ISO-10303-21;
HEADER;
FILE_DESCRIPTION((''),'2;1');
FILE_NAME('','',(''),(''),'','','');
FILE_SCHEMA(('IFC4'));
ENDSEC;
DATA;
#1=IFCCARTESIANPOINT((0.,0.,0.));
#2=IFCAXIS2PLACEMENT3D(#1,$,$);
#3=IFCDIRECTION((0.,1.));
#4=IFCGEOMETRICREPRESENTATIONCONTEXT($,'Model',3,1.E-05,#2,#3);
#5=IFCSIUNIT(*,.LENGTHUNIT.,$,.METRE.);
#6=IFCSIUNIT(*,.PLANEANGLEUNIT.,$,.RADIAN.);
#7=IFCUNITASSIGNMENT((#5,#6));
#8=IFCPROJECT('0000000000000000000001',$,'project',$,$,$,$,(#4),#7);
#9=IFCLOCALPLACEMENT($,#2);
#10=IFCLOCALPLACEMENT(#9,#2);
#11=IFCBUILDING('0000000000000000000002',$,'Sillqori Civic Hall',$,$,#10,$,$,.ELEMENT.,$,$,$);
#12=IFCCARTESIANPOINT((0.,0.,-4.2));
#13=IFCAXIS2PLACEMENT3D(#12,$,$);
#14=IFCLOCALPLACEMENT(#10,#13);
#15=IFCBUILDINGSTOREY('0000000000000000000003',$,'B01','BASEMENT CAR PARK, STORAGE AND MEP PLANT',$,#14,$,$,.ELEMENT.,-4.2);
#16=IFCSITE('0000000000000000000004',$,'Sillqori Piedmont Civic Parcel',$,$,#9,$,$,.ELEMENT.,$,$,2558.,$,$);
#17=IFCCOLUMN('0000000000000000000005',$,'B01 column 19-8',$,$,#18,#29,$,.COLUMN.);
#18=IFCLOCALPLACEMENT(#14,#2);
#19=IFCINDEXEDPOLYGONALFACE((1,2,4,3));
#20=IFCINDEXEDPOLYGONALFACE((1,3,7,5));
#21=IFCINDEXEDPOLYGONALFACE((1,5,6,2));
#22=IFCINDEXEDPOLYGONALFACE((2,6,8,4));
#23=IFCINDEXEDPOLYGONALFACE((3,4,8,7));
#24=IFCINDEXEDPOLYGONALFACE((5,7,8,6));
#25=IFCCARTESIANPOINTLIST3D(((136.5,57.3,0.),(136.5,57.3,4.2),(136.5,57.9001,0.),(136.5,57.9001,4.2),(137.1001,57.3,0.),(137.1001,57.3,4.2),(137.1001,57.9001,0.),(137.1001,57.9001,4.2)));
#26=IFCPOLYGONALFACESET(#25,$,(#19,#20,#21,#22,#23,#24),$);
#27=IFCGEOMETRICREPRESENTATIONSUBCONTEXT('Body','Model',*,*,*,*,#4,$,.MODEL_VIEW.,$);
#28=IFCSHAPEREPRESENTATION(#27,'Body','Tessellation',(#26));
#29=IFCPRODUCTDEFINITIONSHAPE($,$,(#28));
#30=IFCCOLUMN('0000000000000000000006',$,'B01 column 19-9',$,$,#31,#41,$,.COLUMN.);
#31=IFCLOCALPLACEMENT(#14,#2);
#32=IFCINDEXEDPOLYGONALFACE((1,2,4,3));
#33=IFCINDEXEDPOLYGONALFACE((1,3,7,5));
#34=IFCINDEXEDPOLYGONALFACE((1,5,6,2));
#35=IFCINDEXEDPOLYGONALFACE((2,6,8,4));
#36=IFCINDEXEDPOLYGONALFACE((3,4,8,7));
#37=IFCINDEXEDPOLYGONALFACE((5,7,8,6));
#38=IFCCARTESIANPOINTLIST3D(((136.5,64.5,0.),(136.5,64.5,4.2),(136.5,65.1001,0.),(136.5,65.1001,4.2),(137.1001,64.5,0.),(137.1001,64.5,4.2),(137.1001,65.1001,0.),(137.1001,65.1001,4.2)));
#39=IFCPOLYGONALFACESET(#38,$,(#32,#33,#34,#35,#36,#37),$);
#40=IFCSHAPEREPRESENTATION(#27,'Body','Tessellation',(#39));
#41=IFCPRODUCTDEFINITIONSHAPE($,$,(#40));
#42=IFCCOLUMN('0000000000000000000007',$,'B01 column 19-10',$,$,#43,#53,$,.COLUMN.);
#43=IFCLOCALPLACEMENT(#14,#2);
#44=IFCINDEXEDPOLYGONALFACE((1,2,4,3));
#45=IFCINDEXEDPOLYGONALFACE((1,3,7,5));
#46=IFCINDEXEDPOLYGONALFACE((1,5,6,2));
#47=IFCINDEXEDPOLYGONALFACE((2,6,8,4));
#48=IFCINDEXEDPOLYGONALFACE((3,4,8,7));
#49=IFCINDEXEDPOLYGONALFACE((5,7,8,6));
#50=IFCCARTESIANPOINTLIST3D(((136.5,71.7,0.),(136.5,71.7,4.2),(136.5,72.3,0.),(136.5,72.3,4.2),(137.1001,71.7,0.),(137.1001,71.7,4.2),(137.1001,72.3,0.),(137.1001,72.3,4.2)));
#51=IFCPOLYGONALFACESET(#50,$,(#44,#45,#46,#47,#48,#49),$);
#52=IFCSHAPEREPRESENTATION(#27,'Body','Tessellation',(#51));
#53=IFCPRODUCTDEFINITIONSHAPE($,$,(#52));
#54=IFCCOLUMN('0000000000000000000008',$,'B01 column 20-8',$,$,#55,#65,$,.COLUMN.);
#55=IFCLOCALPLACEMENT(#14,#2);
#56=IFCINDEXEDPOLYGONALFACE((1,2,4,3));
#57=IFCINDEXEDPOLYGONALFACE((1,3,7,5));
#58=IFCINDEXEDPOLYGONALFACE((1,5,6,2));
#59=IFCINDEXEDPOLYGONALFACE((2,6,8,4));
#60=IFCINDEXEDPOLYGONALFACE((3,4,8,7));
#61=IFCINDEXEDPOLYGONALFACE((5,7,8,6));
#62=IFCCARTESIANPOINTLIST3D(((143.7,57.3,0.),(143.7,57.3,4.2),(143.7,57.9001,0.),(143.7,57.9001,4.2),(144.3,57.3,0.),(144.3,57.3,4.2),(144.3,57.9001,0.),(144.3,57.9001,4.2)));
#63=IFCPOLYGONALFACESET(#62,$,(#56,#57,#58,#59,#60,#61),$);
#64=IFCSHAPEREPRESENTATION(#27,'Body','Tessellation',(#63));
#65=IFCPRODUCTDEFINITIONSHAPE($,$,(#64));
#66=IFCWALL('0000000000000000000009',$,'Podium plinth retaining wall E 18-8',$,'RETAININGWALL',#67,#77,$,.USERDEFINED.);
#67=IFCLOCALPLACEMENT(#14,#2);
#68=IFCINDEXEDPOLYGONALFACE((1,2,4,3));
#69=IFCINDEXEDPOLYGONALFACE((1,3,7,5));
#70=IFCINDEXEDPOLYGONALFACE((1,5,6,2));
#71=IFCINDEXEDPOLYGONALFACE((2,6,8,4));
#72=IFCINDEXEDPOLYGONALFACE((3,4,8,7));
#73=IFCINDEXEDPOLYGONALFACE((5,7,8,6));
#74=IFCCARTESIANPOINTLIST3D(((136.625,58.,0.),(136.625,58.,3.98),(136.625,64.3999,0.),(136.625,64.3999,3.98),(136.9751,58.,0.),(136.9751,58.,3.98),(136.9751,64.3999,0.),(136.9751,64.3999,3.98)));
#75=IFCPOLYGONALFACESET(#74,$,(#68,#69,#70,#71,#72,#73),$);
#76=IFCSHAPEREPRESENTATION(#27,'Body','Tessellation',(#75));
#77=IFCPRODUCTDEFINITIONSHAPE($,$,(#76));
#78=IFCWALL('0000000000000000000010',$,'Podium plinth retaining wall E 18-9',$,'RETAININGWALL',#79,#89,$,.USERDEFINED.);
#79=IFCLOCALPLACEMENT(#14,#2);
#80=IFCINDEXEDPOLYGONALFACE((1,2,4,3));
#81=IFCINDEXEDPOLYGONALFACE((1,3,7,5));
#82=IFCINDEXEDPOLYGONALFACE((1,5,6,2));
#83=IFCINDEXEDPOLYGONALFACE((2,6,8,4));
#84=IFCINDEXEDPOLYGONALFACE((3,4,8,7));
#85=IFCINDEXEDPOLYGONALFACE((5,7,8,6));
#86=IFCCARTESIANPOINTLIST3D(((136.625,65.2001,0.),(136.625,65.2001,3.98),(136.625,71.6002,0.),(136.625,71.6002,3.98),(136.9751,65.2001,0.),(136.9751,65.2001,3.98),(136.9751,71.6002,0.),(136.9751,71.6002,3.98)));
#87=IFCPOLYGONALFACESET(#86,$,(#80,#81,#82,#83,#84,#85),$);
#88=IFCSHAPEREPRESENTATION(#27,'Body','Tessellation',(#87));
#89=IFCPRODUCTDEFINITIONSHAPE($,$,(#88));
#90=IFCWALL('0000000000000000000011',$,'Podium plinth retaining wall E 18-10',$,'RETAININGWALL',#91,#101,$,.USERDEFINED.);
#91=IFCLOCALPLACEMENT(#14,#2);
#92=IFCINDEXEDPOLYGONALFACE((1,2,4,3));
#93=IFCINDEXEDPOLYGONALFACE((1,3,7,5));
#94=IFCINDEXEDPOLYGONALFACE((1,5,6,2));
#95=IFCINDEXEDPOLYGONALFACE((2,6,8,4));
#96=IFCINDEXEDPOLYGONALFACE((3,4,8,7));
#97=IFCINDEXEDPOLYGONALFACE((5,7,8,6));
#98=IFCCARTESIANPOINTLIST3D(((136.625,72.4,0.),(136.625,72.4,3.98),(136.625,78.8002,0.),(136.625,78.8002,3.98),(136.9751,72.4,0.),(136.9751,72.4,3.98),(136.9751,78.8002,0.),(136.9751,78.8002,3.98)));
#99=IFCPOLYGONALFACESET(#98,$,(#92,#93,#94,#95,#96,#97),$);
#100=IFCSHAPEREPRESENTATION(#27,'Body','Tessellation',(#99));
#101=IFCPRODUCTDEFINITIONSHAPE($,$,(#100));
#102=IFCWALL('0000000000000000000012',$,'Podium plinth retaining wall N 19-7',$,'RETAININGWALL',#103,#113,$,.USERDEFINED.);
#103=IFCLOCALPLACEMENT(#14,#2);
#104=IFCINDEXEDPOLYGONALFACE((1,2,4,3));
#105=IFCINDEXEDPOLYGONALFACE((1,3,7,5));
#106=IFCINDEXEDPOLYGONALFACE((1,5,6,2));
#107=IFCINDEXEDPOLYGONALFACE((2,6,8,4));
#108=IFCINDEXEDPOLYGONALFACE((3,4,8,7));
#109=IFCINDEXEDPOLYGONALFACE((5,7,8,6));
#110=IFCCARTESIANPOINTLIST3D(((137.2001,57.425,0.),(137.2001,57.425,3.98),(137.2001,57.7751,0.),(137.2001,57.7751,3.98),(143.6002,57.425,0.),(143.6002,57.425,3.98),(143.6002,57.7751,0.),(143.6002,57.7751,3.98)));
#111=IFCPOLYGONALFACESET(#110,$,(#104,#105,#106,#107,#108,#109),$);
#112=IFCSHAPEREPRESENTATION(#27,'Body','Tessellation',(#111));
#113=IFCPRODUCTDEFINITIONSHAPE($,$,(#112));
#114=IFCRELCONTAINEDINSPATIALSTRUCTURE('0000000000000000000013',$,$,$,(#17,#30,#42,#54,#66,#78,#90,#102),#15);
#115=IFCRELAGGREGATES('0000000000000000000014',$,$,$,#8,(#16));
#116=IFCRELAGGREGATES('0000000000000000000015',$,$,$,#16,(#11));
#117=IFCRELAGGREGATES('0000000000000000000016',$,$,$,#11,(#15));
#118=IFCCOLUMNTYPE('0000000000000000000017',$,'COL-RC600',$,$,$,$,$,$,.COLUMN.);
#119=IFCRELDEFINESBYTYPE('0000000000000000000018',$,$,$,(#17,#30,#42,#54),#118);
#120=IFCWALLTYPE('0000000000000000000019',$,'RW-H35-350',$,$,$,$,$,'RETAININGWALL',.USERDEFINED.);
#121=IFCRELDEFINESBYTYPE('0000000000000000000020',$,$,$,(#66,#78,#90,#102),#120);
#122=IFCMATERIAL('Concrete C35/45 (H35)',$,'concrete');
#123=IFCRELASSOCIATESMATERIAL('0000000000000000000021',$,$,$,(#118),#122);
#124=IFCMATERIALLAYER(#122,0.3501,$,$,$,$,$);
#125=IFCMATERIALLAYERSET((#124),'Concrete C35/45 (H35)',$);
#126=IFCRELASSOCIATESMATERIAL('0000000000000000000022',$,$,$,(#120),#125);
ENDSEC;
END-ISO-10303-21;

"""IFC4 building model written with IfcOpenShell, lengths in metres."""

from ifc_helpers import new_model, si_unit, direction, frame, frame_2d, origin, origin_2d, place, context, subcontext, project, spatial, rectangle, extrude, material, layer, layer_set, material_profile, profile_set, type_object, element, save


model = new_model("IFC4")

# Units and contexts
model_context = context("Model", 3, precision=1e-05, world=origin(), true_north=direction((0.0, 1.0)))
body_context = subcontext(model_context, "Body", "Model", "MODEL_VIEW")
ifc_project = project(units=[si_unit("LENGTHUNIT", "METRE"), si_unit("PLANEANGLEUNIT", "RADIAN")], contexts=[model_context])

# Site, building, storey
site_placement = place(None, origin())
site = spatial("IfcSite", under=ifc_project, at=site_placement, Name="Sillqori Piedmont Civic Parcel", CompositionType="ELEMENT", RefElevation=2558.0)
building_placement = place(site_placement, origin())
building = spatial("IfcBuilding", under=site, at=building_placement, Name="Sillqori Civic Hall", CompositionType="ELEMENT")
storey_placement = place(building_placement, frame((0.0, 0.0, -4.2)))
storey = spatial("IfcBuildingStorey", under=building, at=storey_placement, Name="B01", Description="BASEMENT CAR PARK, STORAGE AND MEP PLANT", CompositionType="ELEMENT", Elevation=-4.2)

# Shared definitions
ifc_material = material(Name="Concrete C35/45 (H35)", Category="concrete")

# Columns
ifc_material_profile_1 = material_profile(ifc_material, rectangle(XDim=0.6001, YDim=0.6001, at=origin_2d()), Name="RC 600x600")
ifc_profile_set_1 = profile_set([ifc_material_profile_1], Name="Concrete C35/45 (H35)")
column_type = type_object("IfcColumnType", Name="COL-RC600", PredefinedType="COLUMN", material=ifc_profile_set_1)
for number, where, z_axis, x_axis, name in (
    (1, (136.8, 57.6001, 0.0), (0.0, 0.0, 1.0), (1.0, 0.0, 0.0), "B01 column 19-8"),
    (2, (136.8, 64.8, 0.0), (0.0, 0.0, 1.0), (1.0, 0.0, 0.0), "B01 column 19-9"),
    (3, (136.8, 72.0, 0.0), (0.0, 0.0, 1.0), (1.0, 0.0, 0.0), "B01 column 19-10"),
    (4, (144.0, 57.6001, 0.0), (0.0, 0.0, 1.0), (1.0, 0.0, 0.0), "B01 column 20-8"),
):
    element("IfcColumn", number, at=place(storey_placement, frame(where, z_axis=z_axis, x_axis=x_axis)), inside=storey, type_object=column_type, Name=name, PredefinedType="COLUMN", context=body_context, shape_type="SweptSolid", body=[
        extrude(rectangle(XDim=0.6001, YDim=0.6001, at=origin_2d()), origin(), (0.0, 0.0, 1.0), 4.2),
    ])

# Walls
ifc_layer = layer(ifc_material, 0.3501)
ifc_layer_set = layer_set([ifc_layer], Name="Concrete C35/45 (H35)")
wall_type = type_object("IfcWallType", Name="RW-H35-350", ElementType="RETAININGWALL", PredefinedType="USERDEFINED", material=ifc_layer_set)
wall_placement = place(storey_placement, frame((136.8, 58.0, 0.0), z_axis=(0.0, 0.0, 1.0), x_axis=(0.0, 1.0, 0.0)))
element("IfcWall", 5, at=wall_placement, inside=storey, type_object=wall_type, Name="Podium plinth retaining wall E 18-8", ObjectType="RETAININGWALL", PredefinedType="USERDEFINED", context=body_context, shape_type="SweptSolid", body=[
    extrude(rectangle(XDim=6.3999, YDim=0.3501, at=frame_2d((3.2, 0.0))), origin(), (0.0, 0.0, 1.0), 3.98),
])
for number, where, z_axis, x_axis, name in (
    (6, (136.8, 65.2, 0.0), (0.0, 0.0, 1.0), (0.0, 1.0, 0.0), "Podium plinth retaining wall E 18-9"),
    (7, (136.8, 72.3999, 0.0), (0.0, 0.0, 1.0), (0.0, 1.0, 0.0), "Podium plinth retaining wall E 18-10"),
    (8, (137.2, 57.6001, 0.0), (0.0, 0.0, 1.0), (1.0, 0.0, 0.0), "Podium plinth retaining wall N 19-7"),
):
    element("IfcWall", number, at=place(storey_placement, frame(where, z_axis=z_axis, x_axis=x_axis)), inside=storey, type_object=wall_type, Name=name, ObjectType="RETAININGWALL", PredefinedType="USERDEFINED", context=body_context, shape_type="SweptSolid", body=[
        extrude(rectangle(XDim=6.4001, YDim=0.3501, at=frame_2d((3.2002, 0.0))), origin(), (0.0, 0.0, 1.0), 3.98),
    ])

save(model, "model.ifc")
